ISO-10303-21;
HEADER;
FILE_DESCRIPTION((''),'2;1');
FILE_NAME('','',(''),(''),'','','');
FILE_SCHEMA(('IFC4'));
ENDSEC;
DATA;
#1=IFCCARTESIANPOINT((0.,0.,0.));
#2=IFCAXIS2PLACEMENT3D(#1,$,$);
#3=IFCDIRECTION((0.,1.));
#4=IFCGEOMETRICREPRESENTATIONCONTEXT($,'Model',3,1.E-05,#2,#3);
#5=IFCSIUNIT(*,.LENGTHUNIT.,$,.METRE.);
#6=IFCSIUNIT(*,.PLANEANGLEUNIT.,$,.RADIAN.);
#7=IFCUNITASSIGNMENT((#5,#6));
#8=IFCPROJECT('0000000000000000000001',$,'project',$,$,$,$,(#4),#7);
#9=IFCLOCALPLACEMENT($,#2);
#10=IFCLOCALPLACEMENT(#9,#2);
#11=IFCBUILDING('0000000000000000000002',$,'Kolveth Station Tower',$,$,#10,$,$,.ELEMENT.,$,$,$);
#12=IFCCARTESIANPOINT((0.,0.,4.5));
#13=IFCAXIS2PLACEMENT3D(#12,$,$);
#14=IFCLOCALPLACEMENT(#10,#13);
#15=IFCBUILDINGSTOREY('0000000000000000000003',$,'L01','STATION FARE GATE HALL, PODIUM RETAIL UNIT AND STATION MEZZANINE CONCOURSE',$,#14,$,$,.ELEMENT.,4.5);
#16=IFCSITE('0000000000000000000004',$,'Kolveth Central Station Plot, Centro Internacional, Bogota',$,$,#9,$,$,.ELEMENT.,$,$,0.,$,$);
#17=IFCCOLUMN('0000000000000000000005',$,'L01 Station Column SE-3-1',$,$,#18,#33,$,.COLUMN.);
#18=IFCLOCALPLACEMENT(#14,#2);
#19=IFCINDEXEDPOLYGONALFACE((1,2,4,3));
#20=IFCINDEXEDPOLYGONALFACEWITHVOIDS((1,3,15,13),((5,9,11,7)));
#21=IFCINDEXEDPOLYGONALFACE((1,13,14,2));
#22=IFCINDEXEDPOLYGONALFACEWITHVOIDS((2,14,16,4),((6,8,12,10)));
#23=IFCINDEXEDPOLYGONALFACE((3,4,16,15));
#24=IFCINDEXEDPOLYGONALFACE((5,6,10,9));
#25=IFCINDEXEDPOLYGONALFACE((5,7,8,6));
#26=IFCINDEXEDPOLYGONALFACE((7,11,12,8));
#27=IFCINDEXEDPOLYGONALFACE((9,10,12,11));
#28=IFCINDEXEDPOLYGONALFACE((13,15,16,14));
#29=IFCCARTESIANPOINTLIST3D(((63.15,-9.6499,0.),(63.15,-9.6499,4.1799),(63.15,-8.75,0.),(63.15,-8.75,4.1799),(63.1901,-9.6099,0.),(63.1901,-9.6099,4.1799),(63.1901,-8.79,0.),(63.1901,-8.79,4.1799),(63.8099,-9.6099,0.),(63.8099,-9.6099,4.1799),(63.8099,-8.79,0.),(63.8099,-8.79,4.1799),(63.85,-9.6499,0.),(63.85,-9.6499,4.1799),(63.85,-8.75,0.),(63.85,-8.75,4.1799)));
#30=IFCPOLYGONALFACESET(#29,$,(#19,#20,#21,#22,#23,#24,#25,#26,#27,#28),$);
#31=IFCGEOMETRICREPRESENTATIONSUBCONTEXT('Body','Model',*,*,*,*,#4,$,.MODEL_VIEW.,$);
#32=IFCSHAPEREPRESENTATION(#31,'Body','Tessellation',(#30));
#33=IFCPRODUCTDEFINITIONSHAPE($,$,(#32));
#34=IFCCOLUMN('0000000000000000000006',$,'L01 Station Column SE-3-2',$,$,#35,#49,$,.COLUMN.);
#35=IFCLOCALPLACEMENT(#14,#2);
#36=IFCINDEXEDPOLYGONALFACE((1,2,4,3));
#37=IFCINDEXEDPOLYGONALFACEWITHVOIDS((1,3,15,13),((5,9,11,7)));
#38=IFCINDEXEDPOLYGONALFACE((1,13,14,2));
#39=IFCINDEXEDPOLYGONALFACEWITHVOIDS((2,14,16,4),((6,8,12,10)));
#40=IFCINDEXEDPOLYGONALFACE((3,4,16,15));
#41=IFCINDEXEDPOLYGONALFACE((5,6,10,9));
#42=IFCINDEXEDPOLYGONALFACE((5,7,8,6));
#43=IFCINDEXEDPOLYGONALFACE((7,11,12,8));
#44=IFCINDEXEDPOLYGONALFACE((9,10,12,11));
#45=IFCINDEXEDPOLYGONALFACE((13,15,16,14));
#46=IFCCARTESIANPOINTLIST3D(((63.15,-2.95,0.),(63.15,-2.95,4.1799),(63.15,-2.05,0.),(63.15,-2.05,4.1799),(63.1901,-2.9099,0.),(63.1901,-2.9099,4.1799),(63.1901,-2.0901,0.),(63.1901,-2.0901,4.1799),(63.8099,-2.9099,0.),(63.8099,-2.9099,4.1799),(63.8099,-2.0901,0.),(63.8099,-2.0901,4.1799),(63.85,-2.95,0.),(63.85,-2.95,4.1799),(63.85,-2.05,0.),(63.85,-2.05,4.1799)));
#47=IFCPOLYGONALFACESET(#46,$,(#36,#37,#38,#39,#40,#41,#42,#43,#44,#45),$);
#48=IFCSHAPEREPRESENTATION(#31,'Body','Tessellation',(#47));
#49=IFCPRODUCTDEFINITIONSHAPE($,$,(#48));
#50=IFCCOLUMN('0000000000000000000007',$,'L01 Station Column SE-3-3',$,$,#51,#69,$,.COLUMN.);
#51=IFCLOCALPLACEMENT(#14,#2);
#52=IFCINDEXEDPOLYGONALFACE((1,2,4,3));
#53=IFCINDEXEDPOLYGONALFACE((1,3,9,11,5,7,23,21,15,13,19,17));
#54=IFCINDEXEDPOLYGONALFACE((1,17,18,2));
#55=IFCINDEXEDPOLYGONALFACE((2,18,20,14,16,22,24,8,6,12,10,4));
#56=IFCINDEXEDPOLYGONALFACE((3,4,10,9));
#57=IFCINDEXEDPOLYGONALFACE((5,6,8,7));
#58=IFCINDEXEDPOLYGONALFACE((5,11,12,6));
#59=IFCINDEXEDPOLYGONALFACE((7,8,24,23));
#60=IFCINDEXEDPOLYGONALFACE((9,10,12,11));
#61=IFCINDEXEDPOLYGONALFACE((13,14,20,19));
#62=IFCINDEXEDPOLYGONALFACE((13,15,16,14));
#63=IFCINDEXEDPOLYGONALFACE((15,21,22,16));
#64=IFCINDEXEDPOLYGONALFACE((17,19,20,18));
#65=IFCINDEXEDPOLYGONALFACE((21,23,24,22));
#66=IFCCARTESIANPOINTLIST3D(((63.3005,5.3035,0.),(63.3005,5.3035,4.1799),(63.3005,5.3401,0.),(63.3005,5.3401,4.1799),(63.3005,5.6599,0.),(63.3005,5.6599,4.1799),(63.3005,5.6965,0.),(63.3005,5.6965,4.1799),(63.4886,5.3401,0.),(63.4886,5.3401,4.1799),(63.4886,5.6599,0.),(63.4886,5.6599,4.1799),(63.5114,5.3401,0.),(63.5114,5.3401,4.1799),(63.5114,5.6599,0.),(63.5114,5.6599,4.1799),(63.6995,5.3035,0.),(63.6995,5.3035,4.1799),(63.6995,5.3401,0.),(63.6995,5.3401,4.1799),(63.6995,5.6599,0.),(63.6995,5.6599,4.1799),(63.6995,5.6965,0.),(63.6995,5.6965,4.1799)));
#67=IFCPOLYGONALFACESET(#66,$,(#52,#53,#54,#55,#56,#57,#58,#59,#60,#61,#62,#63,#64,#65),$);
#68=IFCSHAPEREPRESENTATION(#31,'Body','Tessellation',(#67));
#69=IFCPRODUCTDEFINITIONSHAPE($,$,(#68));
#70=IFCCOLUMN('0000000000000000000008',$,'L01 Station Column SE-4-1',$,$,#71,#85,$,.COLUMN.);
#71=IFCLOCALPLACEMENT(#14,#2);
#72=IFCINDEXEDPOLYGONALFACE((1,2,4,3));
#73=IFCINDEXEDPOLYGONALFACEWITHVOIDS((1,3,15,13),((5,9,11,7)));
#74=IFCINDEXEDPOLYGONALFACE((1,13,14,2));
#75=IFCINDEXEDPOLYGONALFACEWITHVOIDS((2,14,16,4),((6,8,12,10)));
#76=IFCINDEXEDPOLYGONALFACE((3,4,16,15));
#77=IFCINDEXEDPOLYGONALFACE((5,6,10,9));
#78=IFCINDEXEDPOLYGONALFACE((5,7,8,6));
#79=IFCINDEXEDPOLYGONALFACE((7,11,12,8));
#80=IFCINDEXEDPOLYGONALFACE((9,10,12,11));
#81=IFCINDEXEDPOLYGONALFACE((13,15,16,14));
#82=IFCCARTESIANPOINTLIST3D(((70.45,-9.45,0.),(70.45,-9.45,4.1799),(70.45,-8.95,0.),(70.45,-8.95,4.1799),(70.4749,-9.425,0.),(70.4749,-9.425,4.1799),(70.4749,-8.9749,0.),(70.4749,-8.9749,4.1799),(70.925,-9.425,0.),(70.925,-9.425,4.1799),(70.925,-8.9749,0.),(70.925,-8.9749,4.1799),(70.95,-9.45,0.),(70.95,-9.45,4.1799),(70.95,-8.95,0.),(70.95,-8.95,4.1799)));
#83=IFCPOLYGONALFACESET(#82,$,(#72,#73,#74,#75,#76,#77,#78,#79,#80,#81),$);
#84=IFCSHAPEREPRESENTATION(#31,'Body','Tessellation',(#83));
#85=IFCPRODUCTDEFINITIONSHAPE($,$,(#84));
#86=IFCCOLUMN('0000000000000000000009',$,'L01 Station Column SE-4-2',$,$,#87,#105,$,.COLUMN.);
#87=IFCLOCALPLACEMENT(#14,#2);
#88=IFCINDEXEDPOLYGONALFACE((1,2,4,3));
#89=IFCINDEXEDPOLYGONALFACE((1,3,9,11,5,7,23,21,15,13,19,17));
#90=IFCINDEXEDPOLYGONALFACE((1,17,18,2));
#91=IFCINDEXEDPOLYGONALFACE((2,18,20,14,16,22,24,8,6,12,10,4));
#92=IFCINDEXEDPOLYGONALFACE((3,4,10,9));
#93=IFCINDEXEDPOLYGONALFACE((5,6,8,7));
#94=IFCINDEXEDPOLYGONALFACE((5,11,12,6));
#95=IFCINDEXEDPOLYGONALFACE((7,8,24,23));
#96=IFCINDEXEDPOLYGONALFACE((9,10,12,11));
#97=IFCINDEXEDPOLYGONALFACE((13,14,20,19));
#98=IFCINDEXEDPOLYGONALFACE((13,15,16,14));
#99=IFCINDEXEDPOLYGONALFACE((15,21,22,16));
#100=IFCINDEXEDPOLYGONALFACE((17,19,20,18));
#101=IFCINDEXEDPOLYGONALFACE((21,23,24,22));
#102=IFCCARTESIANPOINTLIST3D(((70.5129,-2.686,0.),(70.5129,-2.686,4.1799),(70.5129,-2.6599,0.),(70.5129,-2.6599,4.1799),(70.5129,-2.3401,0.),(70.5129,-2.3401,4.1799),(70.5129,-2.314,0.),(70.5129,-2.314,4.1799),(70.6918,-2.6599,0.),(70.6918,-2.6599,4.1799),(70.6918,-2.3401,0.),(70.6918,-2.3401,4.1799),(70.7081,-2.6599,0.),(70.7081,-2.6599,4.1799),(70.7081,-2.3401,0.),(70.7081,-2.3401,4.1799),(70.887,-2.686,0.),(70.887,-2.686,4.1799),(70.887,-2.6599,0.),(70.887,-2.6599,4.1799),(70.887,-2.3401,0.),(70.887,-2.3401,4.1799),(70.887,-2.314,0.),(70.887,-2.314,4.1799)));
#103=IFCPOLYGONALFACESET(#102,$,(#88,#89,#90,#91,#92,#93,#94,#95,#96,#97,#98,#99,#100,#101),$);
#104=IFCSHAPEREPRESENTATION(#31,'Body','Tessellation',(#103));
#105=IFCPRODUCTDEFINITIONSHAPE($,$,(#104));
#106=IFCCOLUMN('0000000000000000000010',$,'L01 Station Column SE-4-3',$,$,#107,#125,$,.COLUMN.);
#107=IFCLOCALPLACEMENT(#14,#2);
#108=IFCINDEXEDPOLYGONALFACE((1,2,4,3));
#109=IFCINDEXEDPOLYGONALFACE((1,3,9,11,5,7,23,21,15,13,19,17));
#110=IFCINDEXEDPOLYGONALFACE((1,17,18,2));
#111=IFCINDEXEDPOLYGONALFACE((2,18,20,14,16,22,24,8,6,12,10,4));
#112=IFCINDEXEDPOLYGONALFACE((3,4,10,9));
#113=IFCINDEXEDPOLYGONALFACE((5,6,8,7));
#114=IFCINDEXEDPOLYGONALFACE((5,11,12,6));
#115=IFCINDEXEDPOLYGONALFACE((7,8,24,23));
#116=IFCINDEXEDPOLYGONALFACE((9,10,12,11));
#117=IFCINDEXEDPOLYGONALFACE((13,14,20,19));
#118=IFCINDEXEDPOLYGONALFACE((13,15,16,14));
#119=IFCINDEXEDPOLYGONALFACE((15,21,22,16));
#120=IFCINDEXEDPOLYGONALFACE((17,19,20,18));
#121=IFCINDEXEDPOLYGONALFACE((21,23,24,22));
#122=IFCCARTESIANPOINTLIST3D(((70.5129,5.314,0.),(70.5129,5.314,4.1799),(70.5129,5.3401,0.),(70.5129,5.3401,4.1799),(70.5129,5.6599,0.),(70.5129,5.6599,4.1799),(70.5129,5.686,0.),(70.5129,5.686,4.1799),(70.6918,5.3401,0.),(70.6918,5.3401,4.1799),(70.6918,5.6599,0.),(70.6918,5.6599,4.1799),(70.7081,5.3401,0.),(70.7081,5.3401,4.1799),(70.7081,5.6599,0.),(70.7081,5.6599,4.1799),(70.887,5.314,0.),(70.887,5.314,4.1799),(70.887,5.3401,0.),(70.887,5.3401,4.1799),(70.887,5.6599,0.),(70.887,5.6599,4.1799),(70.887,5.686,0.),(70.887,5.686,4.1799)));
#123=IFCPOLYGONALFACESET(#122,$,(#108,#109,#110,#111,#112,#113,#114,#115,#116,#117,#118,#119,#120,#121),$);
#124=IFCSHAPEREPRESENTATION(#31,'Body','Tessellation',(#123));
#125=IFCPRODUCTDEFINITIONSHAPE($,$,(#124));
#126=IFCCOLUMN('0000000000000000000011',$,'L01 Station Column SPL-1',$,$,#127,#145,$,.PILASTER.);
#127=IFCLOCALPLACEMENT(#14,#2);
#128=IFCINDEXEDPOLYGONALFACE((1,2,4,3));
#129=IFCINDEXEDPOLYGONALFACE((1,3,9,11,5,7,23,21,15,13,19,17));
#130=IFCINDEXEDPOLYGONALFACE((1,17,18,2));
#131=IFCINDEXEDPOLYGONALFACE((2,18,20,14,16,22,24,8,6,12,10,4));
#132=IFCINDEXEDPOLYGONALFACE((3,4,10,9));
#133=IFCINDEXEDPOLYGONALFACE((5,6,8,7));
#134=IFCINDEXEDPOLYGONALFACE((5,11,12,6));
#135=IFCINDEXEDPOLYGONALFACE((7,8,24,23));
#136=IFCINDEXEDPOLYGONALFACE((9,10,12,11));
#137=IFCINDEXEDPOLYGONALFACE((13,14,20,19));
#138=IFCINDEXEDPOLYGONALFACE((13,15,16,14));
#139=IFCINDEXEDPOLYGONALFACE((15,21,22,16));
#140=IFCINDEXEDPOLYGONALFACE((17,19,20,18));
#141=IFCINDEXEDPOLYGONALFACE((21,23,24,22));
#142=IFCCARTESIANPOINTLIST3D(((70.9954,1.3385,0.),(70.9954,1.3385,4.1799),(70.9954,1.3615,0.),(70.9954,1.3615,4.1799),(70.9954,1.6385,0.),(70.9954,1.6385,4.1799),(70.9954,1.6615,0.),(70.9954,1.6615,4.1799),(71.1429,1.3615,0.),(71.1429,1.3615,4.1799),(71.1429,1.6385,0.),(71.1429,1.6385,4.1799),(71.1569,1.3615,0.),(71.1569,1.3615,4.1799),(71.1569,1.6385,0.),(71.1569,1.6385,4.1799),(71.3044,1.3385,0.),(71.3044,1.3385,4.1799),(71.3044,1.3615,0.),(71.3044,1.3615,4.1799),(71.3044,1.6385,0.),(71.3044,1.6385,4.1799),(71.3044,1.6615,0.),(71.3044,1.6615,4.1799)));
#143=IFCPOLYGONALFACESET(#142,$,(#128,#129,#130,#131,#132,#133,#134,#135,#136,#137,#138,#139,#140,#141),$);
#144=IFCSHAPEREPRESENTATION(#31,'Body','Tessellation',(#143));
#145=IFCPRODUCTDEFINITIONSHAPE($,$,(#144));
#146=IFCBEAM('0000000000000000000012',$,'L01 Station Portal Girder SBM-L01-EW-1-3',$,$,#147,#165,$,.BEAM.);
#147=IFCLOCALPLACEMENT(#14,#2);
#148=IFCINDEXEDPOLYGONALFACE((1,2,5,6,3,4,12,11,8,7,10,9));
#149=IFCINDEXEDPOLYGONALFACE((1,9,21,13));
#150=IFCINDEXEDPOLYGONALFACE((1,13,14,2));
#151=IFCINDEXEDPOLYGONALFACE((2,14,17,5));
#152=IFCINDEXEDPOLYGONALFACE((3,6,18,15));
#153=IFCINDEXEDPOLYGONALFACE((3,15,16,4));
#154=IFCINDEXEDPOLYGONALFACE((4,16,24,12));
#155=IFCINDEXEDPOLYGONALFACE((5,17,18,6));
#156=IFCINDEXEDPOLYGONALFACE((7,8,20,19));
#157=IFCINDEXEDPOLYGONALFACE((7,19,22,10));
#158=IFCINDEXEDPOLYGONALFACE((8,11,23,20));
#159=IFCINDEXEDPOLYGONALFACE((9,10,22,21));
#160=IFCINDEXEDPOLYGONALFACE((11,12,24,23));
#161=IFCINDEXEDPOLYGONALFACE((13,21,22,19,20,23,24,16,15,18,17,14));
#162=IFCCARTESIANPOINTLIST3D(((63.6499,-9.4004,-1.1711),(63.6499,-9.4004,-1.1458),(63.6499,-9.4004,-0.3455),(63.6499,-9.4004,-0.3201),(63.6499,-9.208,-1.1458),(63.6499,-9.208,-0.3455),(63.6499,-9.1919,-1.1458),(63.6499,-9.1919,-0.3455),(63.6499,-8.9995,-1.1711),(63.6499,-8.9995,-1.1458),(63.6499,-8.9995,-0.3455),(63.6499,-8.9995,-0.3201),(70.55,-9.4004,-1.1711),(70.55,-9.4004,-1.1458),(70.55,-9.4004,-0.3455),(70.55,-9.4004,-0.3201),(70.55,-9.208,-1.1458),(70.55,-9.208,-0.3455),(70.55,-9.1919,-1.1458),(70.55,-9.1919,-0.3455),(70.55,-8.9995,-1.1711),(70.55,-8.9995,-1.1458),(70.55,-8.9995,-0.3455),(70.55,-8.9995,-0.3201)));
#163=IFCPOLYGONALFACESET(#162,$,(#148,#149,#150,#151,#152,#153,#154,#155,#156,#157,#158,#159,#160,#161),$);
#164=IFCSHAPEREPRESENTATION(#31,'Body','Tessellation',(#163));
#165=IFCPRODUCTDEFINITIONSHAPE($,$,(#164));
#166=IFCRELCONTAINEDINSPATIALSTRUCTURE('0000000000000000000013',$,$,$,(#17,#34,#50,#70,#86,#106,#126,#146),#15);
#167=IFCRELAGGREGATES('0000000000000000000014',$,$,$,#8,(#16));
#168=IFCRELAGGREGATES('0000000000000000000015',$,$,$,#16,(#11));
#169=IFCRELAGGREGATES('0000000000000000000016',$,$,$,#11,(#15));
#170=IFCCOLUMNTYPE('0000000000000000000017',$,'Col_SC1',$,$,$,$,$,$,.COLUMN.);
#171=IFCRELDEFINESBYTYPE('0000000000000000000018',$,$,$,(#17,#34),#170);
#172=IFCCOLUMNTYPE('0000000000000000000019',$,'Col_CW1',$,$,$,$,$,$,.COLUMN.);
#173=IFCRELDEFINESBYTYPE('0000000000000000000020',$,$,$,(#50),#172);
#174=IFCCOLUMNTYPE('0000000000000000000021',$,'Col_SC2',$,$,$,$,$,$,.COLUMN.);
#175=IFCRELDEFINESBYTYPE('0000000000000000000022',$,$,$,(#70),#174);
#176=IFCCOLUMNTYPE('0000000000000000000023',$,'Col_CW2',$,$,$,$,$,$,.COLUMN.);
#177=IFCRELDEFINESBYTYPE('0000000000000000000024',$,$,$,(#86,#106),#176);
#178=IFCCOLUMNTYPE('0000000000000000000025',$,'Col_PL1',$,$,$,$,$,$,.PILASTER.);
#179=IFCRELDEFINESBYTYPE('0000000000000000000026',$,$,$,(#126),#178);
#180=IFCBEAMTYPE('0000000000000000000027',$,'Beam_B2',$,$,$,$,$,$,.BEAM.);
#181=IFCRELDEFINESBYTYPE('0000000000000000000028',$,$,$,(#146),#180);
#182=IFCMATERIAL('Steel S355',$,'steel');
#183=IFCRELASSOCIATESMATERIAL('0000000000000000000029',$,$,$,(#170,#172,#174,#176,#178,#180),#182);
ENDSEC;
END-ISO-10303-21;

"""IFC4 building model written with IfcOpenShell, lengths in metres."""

from ifc_helpers import new_model, si_unit, direction, frame, origin, origin_2d, place, context, subcontext, project, spatial, hollow_rectangle, i_section, extrude, source, transform, mapped, material, material_profile, profile_set, type_object, element, save


model = new_model("IFC4")

# Units and contexts
model_context = context("Model", 3, precision=1e-05, world=origin(), true_north=direction((0.0, 1.0)))
body_context = subcontext(model_context, "Body", "Model", "MODEL_VIEW")
ifc_project = project(units=[si_unit("LENGTHUNIT", "METRE"), si_unit("PLANEANGLEUNIT", "RADIAN")], contexts=[model_context])

# Site, building, storey
site_placement = place(None, origin())
site = spatial("IfcSite", under=ifc_project, at=site_placement, Name="Kolveth Central Station Plot, Centro Internacional, Bogota", CompositionType="ELEMENT", RefElevation=0.0)
building_placement = place(site_placement, origin())
building = spatial("IfcBuilding", under=site, at=building_placement, Name="Kolveth Station Tower", CompositionType="ELEMENT")
storey_placement = place(building_placement, frame((0.0, 0.0, 4.5)))
storey = spatial("IfcBuildingStorey", under=building, at=storey_placement, Name="L01", Description="STATION FARE GATE HALL, PODIUM RETAIL UNIT AND STATION MEZZANINE CONCOURSE", CompositionType="ELEMENT", Elevation=4.5)

# Columns
ifc_material_1 = material(Name="Steel S355", Category="steel")
ifc_material_profile_1 = material_profile(ifc_material_1, hollow_rectangle(XDim=0.7, YDim=0.8999, WallThickness=0.04, at=origin_2d()), Name="BOX900x700x40")
ifc_profile_set_1 = profile_set([ifc_material_profile_1], Name="Steel S355")
column_type_1 = type_object("IfcColumnType", Name="Col_SC1", PredefinedType="COLUMN", material=ifc_profile_set_1)
shared_shape_1 = source(origin(), body_context, "Body", "SweptSolid", [
    extrude(hollow_rectangle(XDim=0.7, YDim=0.8999, WallThickness=0.04, at=origin_2d()), origin(), (0.0, 0.0, 1.0), 4.1799),
])
for number, where, z_axis, x_axis, name in (
    (1, (63.5, -9.2, 0.0), (0.0, 0.0, 1.0), (1.0, 0.0, 0.0), "L01 Station Column SE-3-1"),
    (2, (63.5, -2.5, 0.0), (0.0, 0.0, 1.0), (1.0, 0.0, 0.0), "L01 Station Column SE-3-2"),
):
    element("IfcColumn", number, at=place(storey_placement, frame(where, z_axis=z_axis, x_axis=x_axis)), inside=storey, type_object=column_type_1, Name=name, PredefinedType="COLUMN", context=body_context, shape_type="MappedRepresentation", body=[
        mapped(shared_shape_1, transform((0.0, 0.0, 0.0), x_axis=(1.0, 0.0, 0.0), y_axis=(0.0, 1.0, 0.0), z_axis=(0.0, 0.0, 1.0), scale=1.0)),
    ])
ifc_material_profile_2 = material_profile(ifc_material_1, i_section(OverallWidth=0.3989, OverallDepth=0.3931, WebThickness=0.0227, FlangeThickness=0.0366, at=origin_2d()), Name="W360x287")
ifc_profile_set_2 = profile_set([ifc_material_profile_2], Name="Steel S355")
column_type_2 = type_object("IfcColumnType", Name="Col_CW1", PredefinedType="COLUMN", material=ifc_profile_set_2)
shared_shape_2 = source(origin(), body_context, "Body", "SweptSolid", [
    extrude(i_section(OverallWidth=0.3989, OverallDepth=0.3931, WebThickness=0.0227, FlangeThickness=0.0366, at=origin_2d()), origin(), (0.0, 0.0, 1.0), 4.1799),
])
column_1_placement = place(storey_placement, frame((63.5, 5.5, 0.0), z_axis=(0.0, 0.0, 1.0), x_axis=(1.0, 0.0, 0.0)))
element("IfcColumn", 3, at=column_1_placement, inside=storey, type_object=column_type_2, Name="L01 Station Column SE-3-3", PredefinedType="COLUMN", context=body_context, shape_type="MappedRepresentation", body=[
    mapped(shared_shape_2, transform((0.0, 0.0, 0.0), x_axis=(1.0, 0.0, 0.0), y_axis=(0.0, 1.0, 0.0), z_axis=(0.0, 0.0, 1.0), scale=1.0)),
])
ifc_material_profile_3 = material_profile(ifc_material_1, hollow_rectangle(XDim=0.5, YDim=0.5, WallThickness=0.0249, at=origin_2d()), Name="HSS500x500x25")
ifc_profile_set_3 = profile_set([ifc_material_profile_3], Name="Steel S355")
column_type_3 = type_object("IfcColumnType", Name="Col_SC2", PredefinedType="COLUMN", material=ifc_profile_set_3)
shared_shape_3 = source(origin(), body_context, "Body", "SweptSolid", [
    extrude(hollow_rectangle(XDim=0.5, YDim=0.5, WallThickness=0.0249, at=origin_2d()), origin(), (0.0, 0.0, 1.0), 4.1799),
])
column_2_placement = place(storey_placement, frame((70.7, -9.2, 0.0), z_axis=(0.0, 0.0, 1.0), x_axis=(1.0, 0.0, 0.0)))
element("IfcColumn", 4, at=column_2_placement, inside=storey, type_object=column_type_3, Name="L01 Station Column SE-4-1", PredefinedType="COLUMN", context=body_context, shape_type="MappedRepresentation", body=[
    mapped(shared_shape_3, transform((0.0, 0.0, 0.0), x_axis=(1.0, 0.0, 0.0), y_axis=(0.0, 1.0, 0.0), z_axis=(0.0, 0.0, 1.0), scale=1.0)),
])
ifc_material_profile_4 = material_profile(ifc_material_1, i_section(OverallWidth=0.374, OverallDepth=0.3721, WebThickness=0.0164, FlangeThickness=0.0261, at=origin_2d()), Name="W360x196")
ifc_profile_set_4 = profile_set([ifc_material_profile_4], Name="Steel S355")
column_type_4 = type_object("IfcColumnType", Name="Col_CW2", PredefinedType="COLUMN", material=ifc_profile_set_4)
shared_shape_4 = source(origin(), body_context, "Body", "SweptSolid", [
    extrude(i_section(OverallWidth=0.374, OverallDepth=0.3721, WebThickness=0.0164, FlangeThickness=0.0261, at=origin_2d()), origin(), (0.0, 0.0, 1.0), 4.1799),
])
for number, where, z_axis, x_axis, name in (
    (5, (70.7, -2.5, 0.0), (0.0, 0.0, 1.0), (1.0, 0.0, 0.0), "L01 Station Column SE-4-2"),
    (6, (70.7, 5.5, 0.0), (0.0, 0.0, 1.0), (1.0, 0.0, 0.0), "L01 Station Column SE-4-3"),
):
    element("IfcColumn", number, at=place(storey_placement, frame(where, z_axis=z_axis, x_axis=x_axis)), inside=storey, type_object=column_type_4, Name=name, PredefinedType="COLUMN", context=body_context, shape_type="MappedRepresentation", body=[
        mapped(shared_shape_4, transform((0.0, 0.0, 0.0), x_axis=(1.0, 0.0, 0.0), y_axis=(0.0, 1.0, 0.0), z_axis=(0.0, 0.0, 1.0), scale=1.0)),
    ])
ifc_material_profile_5 = material_profile(ifc_material_1, i_section(OverallWidth=0.3091, OverallDepth=0.323, WebThickness=0.0139, FlangeThickness=0.0229, at=origin_2d()), Name="W310x143")
ifc_profile_set_5 = profile_set([ifc_material_profile_5], Name="Steel S355")
column_type_5 = type_object("IfcColumnType", Name="Col_PL1", PredefinedType="PILASTER", material=ifc_profile_set_5)
shared_shape_5 = source(origin(), body_context, "Body", "SweptSolid", [
    extrude(i_section(OverallWidth=0.3091, OverallDepth=0.323, WebThickness=0.0139, FlangeThickness=0.0229, at=origin_2d()), origin(), (0.0, 0.0, 1.0), 4.1799),
])
column_3_placement = place(storey_placement, frame((71.1499, 1.5, 0.0), z_axis=(0.0, 0.0, 1.0), x_axis=(1.0, 0.0, 0.0)))
element("IfcColumn", 7, at=column_3_placement, inside=storey, type_object=column_type_5, Name="L01 Station Column SPL-1", PredefinedType="PILASTER", context=body_context, shape_type="MappedRepresentation", body=[
    mapped(shared_shape_5, transform((0.0, 0.0, 0.0), x_axis=(1.0, 0.0, 0.0), y_axis=(0.0, 1.0, 0.0), z_axis=(0.0, 0.0, 1.0), scale=1.0)),
])

# Beam
ifc_material_profile_6 = material_profile(ifc_material_1, i_section(OverallWidth=0.4009, OverallDepth=0.8511, WebThickness=0.0161, FlangeThickness=0.0254, at=origin_2d()), Name="W840x226")
ifc_profile_set_6 = profile_set([ifc_material_profile_6], Name="Steel S355")
beam_type_1 = type_object("IfcBeamType", Name="Beam_B2", PredefinedType="BEAM", material=ifc_profile_set_6)
shared_shape_6 = source(origin(), body_context, "Body", "SweptSolid", [
    extrude(i_section(OverallWidth=0.4009, OverallDepth=0.8511, WebThickness=0.0161, FlangeThickness=0.0254, at=origin_2d()), origin(), (0.0, 0.0, 1.0), 6.9001),
])
for number, where, z_axis, x_axis, name in (
    (8, (63.6499, -9.2, -0.7456), (1.0, 0.0, 0.0), (0.0, 1.0, 0.0), "L01 Station Portal Girder SBM-L01-EW-1-3"),
):
    element("IfcBeam", number, at=place(storey_placement, frame(where, z_axis=z_axis, x_axis=x_axis)), inside=storey, type_object=beam_type_1, Name=name, PredefinedType="BEAM", context=body_context, shape_type="MappedRepresentation", body=[
        mapped(shared_shape_6, transform((0.0, 0.0, 0.0), x_axis=(1.0, 0.0, 0.0), y_axis=(0.0, 1.0, 0.0), z_axis=(0.0, 0.0, 1.0), scale=1.0)),
    ])

save(model, "model.ifc")
